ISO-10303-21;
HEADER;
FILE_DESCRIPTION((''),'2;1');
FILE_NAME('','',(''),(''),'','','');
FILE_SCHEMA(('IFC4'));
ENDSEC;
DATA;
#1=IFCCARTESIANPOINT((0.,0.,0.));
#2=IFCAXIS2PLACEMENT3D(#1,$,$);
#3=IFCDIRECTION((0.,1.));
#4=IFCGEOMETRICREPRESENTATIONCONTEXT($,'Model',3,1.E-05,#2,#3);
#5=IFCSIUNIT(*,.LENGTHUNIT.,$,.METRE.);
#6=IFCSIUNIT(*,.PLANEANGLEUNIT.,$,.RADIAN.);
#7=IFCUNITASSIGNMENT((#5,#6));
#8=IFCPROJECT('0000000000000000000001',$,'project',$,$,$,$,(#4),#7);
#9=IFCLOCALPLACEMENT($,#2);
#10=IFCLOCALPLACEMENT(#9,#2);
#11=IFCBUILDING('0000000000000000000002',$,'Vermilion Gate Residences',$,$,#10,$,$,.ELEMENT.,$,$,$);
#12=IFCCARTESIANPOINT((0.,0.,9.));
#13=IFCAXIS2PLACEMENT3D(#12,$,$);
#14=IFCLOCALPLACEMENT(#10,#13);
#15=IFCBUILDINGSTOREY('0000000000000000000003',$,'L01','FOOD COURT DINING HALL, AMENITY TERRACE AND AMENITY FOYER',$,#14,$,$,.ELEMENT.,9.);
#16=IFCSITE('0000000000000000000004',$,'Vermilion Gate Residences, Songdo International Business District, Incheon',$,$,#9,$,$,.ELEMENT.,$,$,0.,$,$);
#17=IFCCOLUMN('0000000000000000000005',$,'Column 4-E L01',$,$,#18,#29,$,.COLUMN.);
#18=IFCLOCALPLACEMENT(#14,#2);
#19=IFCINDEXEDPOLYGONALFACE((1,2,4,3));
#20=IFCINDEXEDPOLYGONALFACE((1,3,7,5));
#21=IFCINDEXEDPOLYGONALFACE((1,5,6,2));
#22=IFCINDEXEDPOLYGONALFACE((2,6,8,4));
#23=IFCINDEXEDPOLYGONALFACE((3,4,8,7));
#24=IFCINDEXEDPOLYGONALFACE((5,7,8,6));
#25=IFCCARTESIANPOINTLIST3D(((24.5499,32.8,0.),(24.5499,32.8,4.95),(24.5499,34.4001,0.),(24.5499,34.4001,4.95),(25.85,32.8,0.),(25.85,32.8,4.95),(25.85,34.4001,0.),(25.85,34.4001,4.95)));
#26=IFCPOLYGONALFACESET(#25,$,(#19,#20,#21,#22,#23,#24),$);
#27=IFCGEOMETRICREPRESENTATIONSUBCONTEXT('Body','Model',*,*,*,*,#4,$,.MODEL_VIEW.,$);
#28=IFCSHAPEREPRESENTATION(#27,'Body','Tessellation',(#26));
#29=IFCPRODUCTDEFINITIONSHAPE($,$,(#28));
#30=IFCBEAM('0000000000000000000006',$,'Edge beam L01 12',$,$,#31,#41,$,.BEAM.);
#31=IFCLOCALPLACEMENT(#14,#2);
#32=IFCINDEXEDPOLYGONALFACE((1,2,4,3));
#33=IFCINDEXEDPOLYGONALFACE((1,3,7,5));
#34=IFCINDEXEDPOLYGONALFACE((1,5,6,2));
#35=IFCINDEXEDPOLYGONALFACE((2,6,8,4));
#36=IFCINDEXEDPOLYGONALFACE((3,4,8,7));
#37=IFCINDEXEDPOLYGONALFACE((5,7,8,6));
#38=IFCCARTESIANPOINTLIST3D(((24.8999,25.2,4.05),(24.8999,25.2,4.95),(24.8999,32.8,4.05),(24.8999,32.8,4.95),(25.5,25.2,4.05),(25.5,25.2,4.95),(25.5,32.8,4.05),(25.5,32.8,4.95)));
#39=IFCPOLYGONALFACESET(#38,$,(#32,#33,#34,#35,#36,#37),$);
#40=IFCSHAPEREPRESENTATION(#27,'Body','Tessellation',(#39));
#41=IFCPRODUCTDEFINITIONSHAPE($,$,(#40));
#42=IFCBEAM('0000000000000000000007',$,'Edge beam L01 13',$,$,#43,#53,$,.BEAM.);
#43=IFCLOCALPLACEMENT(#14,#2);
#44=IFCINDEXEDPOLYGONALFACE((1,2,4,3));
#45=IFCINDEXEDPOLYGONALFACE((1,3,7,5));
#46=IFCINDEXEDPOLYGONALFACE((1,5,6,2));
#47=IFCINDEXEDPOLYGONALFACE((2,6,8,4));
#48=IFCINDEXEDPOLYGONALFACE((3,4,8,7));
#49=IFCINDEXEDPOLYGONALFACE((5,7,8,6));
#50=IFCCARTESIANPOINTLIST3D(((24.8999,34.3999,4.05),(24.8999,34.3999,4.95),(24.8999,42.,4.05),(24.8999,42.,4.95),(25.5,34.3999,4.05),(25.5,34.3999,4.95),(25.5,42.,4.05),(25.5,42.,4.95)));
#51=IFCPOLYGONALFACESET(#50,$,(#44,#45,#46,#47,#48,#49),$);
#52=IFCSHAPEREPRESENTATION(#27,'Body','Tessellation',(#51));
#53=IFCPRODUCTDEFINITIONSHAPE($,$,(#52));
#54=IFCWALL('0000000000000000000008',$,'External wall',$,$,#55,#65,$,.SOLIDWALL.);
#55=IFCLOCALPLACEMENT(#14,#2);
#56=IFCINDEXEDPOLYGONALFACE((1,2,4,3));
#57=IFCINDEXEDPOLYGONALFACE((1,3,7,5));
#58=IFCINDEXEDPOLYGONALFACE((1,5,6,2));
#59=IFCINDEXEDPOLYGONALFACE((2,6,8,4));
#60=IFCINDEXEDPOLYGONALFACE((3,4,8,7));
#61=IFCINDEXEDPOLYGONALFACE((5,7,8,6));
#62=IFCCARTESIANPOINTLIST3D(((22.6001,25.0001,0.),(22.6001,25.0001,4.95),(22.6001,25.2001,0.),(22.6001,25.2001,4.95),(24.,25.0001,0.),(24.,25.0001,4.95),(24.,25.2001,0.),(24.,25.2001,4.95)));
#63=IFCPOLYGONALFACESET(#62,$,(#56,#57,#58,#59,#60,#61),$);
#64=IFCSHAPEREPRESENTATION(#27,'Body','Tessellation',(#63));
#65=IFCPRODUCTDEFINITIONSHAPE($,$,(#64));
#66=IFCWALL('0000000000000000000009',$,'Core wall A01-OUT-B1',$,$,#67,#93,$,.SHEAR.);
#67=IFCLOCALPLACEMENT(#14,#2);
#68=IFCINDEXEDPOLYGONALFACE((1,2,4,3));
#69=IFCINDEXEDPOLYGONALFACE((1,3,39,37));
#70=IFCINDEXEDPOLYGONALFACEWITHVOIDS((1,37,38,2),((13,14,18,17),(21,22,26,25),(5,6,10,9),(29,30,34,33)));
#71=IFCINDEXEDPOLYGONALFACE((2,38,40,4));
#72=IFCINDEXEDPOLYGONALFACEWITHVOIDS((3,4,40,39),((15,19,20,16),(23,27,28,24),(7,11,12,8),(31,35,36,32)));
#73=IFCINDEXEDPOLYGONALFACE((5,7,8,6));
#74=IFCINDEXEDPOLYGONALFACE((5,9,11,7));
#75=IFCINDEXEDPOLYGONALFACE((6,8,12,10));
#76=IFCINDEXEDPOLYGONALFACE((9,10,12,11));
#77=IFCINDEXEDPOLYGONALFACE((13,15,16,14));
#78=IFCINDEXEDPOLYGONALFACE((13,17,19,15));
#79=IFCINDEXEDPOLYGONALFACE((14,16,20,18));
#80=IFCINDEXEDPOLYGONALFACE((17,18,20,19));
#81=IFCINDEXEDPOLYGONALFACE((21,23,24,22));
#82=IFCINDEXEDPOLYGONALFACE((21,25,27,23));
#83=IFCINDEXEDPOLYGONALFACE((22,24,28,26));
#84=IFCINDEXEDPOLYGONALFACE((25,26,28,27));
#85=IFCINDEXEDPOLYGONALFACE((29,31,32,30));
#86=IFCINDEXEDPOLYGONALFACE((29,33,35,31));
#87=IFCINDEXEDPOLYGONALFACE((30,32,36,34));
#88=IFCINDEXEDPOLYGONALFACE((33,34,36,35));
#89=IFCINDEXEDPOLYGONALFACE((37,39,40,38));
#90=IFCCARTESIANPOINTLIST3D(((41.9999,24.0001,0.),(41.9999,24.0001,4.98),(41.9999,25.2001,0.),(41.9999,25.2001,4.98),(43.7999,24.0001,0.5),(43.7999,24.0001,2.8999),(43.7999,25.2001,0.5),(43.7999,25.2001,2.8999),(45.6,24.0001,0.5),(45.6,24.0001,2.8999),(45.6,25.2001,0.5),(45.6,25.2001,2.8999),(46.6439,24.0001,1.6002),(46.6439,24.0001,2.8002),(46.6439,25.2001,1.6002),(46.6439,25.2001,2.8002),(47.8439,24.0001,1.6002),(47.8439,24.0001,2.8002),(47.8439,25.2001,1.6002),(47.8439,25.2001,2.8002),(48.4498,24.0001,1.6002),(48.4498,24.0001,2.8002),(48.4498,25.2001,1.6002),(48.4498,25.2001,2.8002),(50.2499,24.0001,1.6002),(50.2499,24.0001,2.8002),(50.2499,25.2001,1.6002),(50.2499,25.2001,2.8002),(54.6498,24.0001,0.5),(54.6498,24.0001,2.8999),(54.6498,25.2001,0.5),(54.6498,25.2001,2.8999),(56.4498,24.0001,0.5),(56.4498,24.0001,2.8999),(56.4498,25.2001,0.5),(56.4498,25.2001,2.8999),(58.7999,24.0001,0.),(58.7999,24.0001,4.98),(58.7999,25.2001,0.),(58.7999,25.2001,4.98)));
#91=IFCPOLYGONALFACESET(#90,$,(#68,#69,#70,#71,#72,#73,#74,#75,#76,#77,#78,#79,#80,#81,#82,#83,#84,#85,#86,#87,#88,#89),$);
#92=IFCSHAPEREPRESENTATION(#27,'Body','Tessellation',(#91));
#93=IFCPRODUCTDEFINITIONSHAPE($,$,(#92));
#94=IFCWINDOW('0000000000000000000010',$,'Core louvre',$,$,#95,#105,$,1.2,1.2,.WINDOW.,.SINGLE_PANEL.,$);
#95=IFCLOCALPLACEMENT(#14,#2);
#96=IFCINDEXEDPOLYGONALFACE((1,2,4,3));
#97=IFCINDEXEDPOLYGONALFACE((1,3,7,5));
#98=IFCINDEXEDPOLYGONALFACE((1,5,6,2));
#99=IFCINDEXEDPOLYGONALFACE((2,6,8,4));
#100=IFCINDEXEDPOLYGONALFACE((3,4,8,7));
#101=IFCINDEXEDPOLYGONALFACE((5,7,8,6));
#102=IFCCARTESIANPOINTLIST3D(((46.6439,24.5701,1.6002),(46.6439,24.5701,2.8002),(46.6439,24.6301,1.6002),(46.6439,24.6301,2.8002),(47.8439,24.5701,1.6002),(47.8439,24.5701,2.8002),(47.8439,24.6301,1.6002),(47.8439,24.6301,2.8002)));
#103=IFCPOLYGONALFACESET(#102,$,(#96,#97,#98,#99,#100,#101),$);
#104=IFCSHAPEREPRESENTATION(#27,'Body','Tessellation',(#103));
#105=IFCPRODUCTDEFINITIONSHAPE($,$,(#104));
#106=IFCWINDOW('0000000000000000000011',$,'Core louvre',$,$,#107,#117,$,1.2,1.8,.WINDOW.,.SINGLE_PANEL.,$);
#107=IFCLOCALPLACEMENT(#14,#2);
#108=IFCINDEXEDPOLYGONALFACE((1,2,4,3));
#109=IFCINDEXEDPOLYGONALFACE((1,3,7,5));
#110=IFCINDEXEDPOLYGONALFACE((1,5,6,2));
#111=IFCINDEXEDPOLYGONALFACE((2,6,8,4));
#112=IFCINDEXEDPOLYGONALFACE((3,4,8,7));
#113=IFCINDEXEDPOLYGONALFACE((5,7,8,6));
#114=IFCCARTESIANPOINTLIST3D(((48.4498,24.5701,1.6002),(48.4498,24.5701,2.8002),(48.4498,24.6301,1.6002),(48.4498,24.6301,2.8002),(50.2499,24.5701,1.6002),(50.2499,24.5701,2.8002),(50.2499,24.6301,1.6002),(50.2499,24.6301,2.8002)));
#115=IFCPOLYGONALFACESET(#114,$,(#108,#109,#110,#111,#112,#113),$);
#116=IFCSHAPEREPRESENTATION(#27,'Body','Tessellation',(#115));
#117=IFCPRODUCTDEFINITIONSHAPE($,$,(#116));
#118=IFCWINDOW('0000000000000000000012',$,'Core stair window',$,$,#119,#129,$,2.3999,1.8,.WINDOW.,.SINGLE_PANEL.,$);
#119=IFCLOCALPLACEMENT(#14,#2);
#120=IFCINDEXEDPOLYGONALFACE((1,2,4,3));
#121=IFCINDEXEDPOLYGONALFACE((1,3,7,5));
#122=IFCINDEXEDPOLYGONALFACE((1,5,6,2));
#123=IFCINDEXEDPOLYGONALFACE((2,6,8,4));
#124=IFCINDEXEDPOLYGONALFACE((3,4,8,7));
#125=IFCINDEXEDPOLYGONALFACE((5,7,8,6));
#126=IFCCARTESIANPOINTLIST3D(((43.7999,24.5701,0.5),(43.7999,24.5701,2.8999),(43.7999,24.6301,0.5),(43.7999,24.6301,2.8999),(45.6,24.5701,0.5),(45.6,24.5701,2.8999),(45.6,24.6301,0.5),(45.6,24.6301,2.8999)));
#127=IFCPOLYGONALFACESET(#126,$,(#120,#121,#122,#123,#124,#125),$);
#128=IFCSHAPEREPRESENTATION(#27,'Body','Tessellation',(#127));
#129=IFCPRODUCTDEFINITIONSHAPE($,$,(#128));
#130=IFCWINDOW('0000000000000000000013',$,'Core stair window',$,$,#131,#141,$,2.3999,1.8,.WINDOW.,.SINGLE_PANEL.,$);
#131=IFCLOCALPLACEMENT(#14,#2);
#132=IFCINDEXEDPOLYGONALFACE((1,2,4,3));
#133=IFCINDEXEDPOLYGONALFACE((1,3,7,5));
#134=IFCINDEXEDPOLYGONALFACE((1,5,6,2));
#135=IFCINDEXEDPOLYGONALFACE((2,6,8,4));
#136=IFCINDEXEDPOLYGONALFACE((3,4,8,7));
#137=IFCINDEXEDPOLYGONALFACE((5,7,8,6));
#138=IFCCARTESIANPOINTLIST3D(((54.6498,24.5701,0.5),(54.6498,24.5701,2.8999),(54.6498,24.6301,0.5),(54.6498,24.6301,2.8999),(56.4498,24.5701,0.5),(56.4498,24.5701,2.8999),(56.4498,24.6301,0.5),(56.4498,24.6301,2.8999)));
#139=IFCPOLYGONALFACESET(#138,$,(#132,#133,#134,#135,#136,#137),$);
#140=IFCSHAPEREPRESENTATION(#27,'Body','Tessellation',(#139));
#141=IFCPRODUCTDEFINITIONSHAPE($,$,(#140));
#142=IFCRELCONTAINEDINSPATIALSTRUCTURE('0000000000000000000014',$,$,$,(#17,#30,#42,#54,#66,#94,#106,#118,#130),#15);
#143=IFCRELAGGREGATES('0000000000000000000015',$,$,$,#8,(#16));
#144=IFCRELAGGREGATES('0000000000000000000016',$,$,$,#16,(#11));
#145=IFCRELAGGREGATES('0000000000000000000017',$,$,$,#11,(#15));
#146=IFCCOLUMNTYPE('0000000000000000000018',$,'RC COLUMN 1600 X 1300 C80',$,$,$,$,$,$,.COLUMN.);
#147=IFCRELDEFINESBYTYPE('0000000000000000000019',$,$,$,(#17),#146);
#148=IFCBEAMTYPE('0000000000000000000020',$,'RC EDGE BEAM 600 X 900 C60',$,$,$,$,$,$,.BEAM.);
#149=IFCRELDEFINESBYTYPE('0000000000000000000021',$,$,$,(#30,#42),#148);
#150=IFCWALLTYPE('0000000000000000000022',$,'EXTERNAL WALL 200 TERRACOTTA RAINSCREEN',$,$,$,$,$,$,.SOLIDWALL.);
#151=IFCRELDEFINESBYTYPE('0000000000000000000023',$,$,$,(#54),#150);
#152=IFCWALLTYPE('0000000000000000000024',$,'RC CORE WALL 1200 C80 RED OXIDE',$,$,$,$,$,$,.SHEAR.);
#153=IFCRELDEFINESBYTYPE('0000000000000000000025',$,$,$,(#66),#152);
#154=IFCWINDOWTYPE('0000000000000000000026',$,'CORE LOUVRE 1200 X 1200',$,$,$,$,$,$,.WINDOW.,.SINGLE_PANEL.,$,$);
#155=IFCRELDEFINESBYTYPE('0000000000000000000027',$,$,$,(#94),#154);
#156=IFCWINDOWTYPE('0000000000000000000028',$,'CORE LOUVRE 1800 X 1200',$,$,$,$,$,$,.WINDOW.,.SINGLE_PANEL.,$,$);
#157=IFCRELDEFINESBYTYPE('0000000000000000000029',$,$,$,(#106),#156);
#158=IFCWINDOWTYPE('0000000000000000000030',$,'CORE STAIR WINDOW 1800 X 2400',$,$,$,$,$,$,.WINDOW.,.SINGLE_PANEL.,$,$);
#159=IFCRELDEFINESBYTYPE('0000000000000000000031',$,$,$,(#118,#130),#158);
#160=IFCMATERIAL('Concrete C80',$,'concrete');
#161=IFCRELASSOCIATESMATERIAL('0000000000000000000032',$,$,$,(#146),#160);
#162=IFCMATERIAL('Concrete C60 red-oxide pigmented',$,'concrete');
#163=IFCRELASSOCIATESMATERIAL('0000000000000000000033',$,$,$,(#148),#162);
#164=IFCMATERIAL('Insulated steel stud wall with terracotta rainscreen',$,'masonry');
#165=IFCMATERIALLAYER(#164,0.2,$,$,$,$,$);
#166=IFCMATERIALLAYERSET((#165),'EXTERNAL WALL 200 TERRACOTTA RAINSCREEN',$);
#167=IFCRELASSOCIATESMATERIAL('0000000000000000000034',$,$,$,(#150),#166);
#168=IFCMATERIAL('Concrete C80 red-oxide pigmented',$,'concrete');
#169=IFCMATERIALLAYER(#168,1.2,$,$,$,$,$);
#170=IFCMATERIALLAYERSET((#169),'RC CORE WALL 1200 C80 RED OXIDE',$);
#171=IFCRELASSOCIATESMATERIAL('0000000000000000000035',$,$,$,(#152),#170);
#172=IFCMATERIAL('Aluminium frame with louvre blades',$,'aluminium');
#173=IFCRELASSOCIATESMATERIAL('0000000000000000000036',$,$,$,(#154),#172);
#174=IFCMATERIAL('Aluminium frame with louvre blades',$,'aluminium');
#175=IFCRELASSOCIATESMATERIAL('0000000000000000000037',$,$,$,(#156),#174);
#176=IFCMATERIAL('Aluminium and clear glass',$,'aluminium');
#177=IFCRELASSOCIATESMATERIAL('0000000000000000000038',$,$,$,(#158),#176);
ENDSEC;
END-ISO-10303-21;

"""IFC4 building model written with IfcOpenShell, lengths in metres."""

from ifc_helpers import new_model, si_unit, direction, frame, frame_2d, origin, origin_2d, place, context, subcontext, project, spatial, rectangle, extrude, material, layer, layer_set, material_profile, profile_set, type_object, element, fill, save


model = new_model("IFC4")

# Units and contexts
model_context = context("Model", 3, precision=1e-05, world=origin(), true_north=direction((0.0, 1.0)))
body_context = subcontext(model_context, "Body", "Model", "MODEL_VIEW")
ifc_project = project(units=[si_unit("LENGTHUNIT", "METRE"), si_unit("PLANEANGLEUNIT", "RADIAN")], contexts=[model_context])

# Site, building, storey
site_placement = place(None, origin())
site = spatial("IfcSite", under=ifc_project, at=site_placement, Name="Vermilion Gate Residences, Songdo International Business District, Incheon", CompositionType="ELEMENT", RefElevation=0.0)
building_placement = place(site_placement, origin())
building = spatial("IfcBuilding", under=site, at=building_placement, Name="Vermilion Gate Residences", CompositionType="ELEMENT")
storey_placement = place(building_placement, frame((0.0, 0.0, 9.0)))
storey = spatial("IfcBuildingStorey", under=building, at=storey_placement, Name="L01", Description="FOOD COURT DINING HALL, AMENITY TERRACE AND AMENITY FOYER", CompositionType="ELEMENT", Elevation=9.0)

# Column
ifc_material_1 = material(Name="Concrete C80", Category="concrete")
ifc_material_profile_1 = material_profile(ifc_material_1, rectangle(XDim=1.6001, YDim=1.3, at=origin_2d()), Name="RC-1600x1300")
ifc_profile_set_1 = profile_set([ifc_material_profile_1], Name="Concrete C80")
column_type = type_object("IfcColumnType", Name="RC COLUMN 1600 X 1300 C80", PredefinedType="COLUMN", material=ifc_profile_set_1)
column_placement = place(storey_placement, frame((25.2, 33.6001, 0.0), z_axis=(0.0, 0.0, 1.0), x_axis=(0.0, 1.0, 0.0)))
element("IfcColumn", 1, at=column_placement, inside=storey, type_object=column_type, Name="Column 4-E L01", PredefinedType="COLUMN", context=body_context, shape_type="SweptSolid", body=[
    extrude(rectangle(XDim=1.6001, YDim=1.3, at=origin_2d()), origin(), (0.0, 0.0, 1.0), 4.95),
])

# Beams
ifc_material_2 = material(Name="Concrete C60 red-oxide pigmented", Category="concrete")
ifc_material_profile_2 = material_profile(ifc_material_2, rectangle(XDim=0.6001, YDim=0.8999, at=origin_2d()), Name="RC-600x900")
ifc_profile_set_2 = profile_set([ifc_material_profile_2], Name="Concrete C60 red-oxide pigmented")
beam_type = type_object("IfcBeamType", Name="RC EDGE BEAM 600 X 900 C60", PredefinedType="BEAM", material=ifc_profile_set_2)
for number, where, z_axis, x_axis, name in (
    (2, (25.2, 25.2, 4.5), (0.0, 1.0, 0.0), (-1.0, 0.0, 0.0), "Edge beam L01 12"),
    (3, (25.2, 34.3999, 4.5), (0.0, 1.0, 0.0), (-1.0, 0.0, 0.0), "Edge beam L01 13"),
):
    element("IfcBeam", number, at=place(storey_placement, frame(where, z_axis=z_axis, x_axis=x_axis)), inside=storey, type_object=beam_type, Name=name, PredefinedType="BEAM", context=body_context, shape_type="SweptSolid", body=[
        extrude(rectangle(XDim=0.6001, YDim=0.8999, at=origin_2d()), origin(), (0.0, 0.0, 1.0), 7.6001),
    ])

# Wall
ifc_material_3 = material(Name="Insulated steel stud wall with terracotta rainscreen", Category="masonry")
ifc_layer_1 = layer(ifc_material_3, 0.2)
ifc_layer_set_1 = layer_set([ifc_layer_1], Name="EXTERNAL WALL 200 TERRACOTTA RAINSCREEN")
wall_type_1 = type_object("IfcWallType", Name="EXTERNAL WALL 200 TERRACOTTA RAINSCREEN", PredefinedType="SOLIDWALL", material=ifc_layer_set_1)
wall_1_placement = place(storey_placement, frame((24.0, 25.1001, 0.0), z_axis=(0.0, 0.0, 1.0), x_axis=(-1.0, 0.0, 0.0)))
element("IfcWall", 4, at=wall_1_placement, inside=storey, type_object=wall_type_1, Name="External wall", PredefinedType="SOLIDWALL", context=body_context, shape_type="SweptSolid", body=[
    extrude(rectangle(XDim=1.3999, YDim=0.2, at=frame_2d((0.7, 0.0))), origin(), (0.0, 0.0, 1.0), 4.95),
])

# Wall, openings, windows
ifc_material_4 = material(Name="Concrete C80 red-oxide pigmented", Category="concrete")
ifc_layer_2 = layer(ifc_material_4, 1.2)
ifc_layer_set_2 = layer_set([ifc_layer_2], Name="RC CORE WALL 1200 C80 RED OXIDE")
wall_type_2 = type_object("IfcWallType", Name="RC CORE WALL 1200 C80 RED OXIDE", PredefinedType="SHEAR", material=ifc_layer_set_2)
wall_2_placement = place(storey_placement, frame((42.0, 24.6001, 0.0), z_axis=(0.0, 0.0, 1.0), x_axis=(1.0, 0.0, 0.0)))
wall_2 = element("IfcWall", 5, at=wall_2_placement, inside=storey, type_object=wall_type_2, Name="Core wall A01-OUT-B1", PredefinedType="SHEAR", context=body_context, shape_type="SweptSolid", body=[
    extrude(rectangle(XDim=16.8, YDim=1.2, at=frame_2d((8.3999, 0.0))), origin(), (0.0, 0.0, 1.0), 4.98),
])
opening_1_placement = place(wall_2_placement, frame((1.8, 0.0, 0.5)))
opening_1 = element("IfcOpeningElement", 6, at=opening_1_placement, cuts=wall_2, PredefinedType="OPENING", context=body_context, shape_type="SweptSolid", body=[
    extrude(rectangle(XDim=1.8, YDim=2.3999, at=frame_2d((0.8999, 1.2))), frame((0.0, 0.6099, 0.0), z_axis=(0.0, -1.0, 0.0), x_axis=(1.0, 0.0, 0.0)), (0.0, 0.0, 1.0), 1.22),
])
opening_2_placement = place(wall_2_placement, frame((4.6438, 0.0, 1.6001)))
opening_2 = element("IfcOpeningElement", 7, at=opening_2_placement, cuts=wall_2, PredefinedType="OPENING", context=body_context, shape_type="SweptSolid", body=[
    extrude(rectangle(XDim=1.2, YDim=1.2, at=frame_2d((0.6001, 0.6001))), frame((0.0, 0.6099, 0.0), z_axis=(0.0, -1.0, 0.0), x_axis=(1.0, 0.0, 0.0)), (0.0, 0.0, 1.0), 1.22),
])
opening_3_placement = place(wall_2_placement, frame((6.45, 0.0, 1.6001)))
opening_3 = element("IfcOpeningElement", 8, at=opening_3_placement, cuts=wall_2, PredefinedType="OPENING", context=body_context, shape_type="SweptSolid", body=[
    extrude(rectangle(XDim=1.8, YDim=1.2, at=frame_2d((0.8999, 0.6001))), frame((0.0, 0.6099, 0.0), z_axis=(0.0, -1.0, 0.0), x_axis=(1.0, 0.0, 0.0)), (0.0, 0.0, 1.0), 1.22),
])
opening_4_placement = place(wall_2_placement, frame((12.6499, 0.0, 0.5)))
opening_4 = element("IfcOpeningElement", 9, at=opening_4_placement, cuts=wall_2, PredefinedType="OPENING", context=body_context, shape_type="SweptSolid", body=[
    extrude(rectangle(XDim=1.8, YDim=2.3999, at=frame_2d((0.8999, 1.2))), frame((0.0, 0.6099, 0.0), z_axis=(0.0, -1.0, 0.0), x_axis=(1.0, 0.0, 0.0)), (0.0, 0.0, 1.0), 1.22),
])
ifc_material_5 = material(Name="Aluminium frame with louvre blades", Category="aluminium")
window_type_1 = type_object("IfcWindowType", Name="CORE LOUVRE 1200 X 1200", PartitioningType="SINGLE_PANEL", PredefinedType="WINDOW", material=ifc_material_5)
window_1_placement = place(opening_2_placement, origin())
window_1 = element("IfcWindow", 10, at=window_1_placement, inside=storey, type_object=window_type_1, Name="Core louvre", OverallHeight=1.2, OverallWidth=1.2, PartitioningType="SINGLE_PANEL", PredefinedType="WINDOW", context=body_context, shape_type="SweptSolid", body=[
    extrude(rectangle(XDim=1.2, YDim=1.2, at=frame_2d((0.6001, 0.6001))), frame((0.0, 0.03, 0.0), z_axis=(0.0, -1.0, 0.0), x_axis=(1.0, 0.0, 0.0)), (0.0, 0.0, 1.0), 0.0601),
])
fill(opening_2, window_1)
ifc_material_6 = material(Name="Aluminium frame with louvre blades", Category="aluminium")
window_type_2 = type_object("IfcWindowType", Name="CORE LOUVRE 1800 X 1200", PartitioningType="SINGLE_PANEL", PredefinedType="WINDOW", material=ifc_material_6)
window_2_placement = place(opening_3_placement, origin())
window_2 = element("IfcWindow", 11, at=window_2_placement, inside=storey, type_object=window_type_2, Name="Core louvre", OverallHeight=1.2, OverallWidth=1.8, PartitioningType="SINGLE_PANEL", PredefinedType="WINDOW", context=body_context, shape_type="SweptSolid", body=[
    extrude(rectangle(XDim=1.8, YDim=1.2, at=frame_2d((0.8999, 0.6001))), frame((0.0, 0.03, 0.0), z_axis=(0.0, -1.0, 0.0), x_axis=(1.0, 0.0, 0.0)), (0.0, 0.0, 1.0), 0.0601),
])
fill(opening_3, window_2)
ifc_material_7 = material(Name="Aluminium and clear glass", Category="aluminium")
window_type_3 = type_object("IfcWindowType", Name="CORE STAIR WINDOW 1800 X 2400", PartitioningType="SINGLE_PANEL", PredefinedType="WINDOW", material=ifc_material_7)
window_3_placement = place(opening_1_placement, origin())
window_3 = element("IfcWindow", 12, at=window_3_placement, inside=storey, type_object=window_type_3, Name="Core stair window", OverallHeight=2.3999, OverallWidth=1.8, PartitioningType="SINGLE_PANEL", PredefinedType="WINDOW", context=body_context, shape_type="SweptSolid", body=[
    extrude(rectangle(XDim=1.8, YDim=2.3999, at=frame_2d((0.8999, 1.2))), frame((0.0, 0.03, 0.0), z_axis=(0.0, -1.0, 0.0), x_axis=(1.0, 0.0, 0.0)), (0.0, 0.0, 1.0), 0.0601),
])
fill(opening_1, window_3)
window_4_placement = place(opening_4_placement, origin())
window_4 = element("IfcWindow", 13, at=window_4_placement, inside=storey, type_object=window_type_3, Name="Core stair window", OverallHeight=2.3999, OverallWidth=1.8, PartitioningType="SINGLE_PANEL", PredefinedType="WINDOW", context=body_context, shape_type="SweptSolid", body=[
    extrude(rectangle(XDim=1.8, YDim=2.3999, at=frame_2d((0.8999, 1.2))), frame((0.0, 0.03, 0.0), z_axis=(0.0, -1.0, 0.0), x_axis=(1.0, 0.0, 0.0)), (0.0, 0.0, 1.0), 0.0601),
])
fill(opening_4, window_4)

save(model, "model.ifc")
